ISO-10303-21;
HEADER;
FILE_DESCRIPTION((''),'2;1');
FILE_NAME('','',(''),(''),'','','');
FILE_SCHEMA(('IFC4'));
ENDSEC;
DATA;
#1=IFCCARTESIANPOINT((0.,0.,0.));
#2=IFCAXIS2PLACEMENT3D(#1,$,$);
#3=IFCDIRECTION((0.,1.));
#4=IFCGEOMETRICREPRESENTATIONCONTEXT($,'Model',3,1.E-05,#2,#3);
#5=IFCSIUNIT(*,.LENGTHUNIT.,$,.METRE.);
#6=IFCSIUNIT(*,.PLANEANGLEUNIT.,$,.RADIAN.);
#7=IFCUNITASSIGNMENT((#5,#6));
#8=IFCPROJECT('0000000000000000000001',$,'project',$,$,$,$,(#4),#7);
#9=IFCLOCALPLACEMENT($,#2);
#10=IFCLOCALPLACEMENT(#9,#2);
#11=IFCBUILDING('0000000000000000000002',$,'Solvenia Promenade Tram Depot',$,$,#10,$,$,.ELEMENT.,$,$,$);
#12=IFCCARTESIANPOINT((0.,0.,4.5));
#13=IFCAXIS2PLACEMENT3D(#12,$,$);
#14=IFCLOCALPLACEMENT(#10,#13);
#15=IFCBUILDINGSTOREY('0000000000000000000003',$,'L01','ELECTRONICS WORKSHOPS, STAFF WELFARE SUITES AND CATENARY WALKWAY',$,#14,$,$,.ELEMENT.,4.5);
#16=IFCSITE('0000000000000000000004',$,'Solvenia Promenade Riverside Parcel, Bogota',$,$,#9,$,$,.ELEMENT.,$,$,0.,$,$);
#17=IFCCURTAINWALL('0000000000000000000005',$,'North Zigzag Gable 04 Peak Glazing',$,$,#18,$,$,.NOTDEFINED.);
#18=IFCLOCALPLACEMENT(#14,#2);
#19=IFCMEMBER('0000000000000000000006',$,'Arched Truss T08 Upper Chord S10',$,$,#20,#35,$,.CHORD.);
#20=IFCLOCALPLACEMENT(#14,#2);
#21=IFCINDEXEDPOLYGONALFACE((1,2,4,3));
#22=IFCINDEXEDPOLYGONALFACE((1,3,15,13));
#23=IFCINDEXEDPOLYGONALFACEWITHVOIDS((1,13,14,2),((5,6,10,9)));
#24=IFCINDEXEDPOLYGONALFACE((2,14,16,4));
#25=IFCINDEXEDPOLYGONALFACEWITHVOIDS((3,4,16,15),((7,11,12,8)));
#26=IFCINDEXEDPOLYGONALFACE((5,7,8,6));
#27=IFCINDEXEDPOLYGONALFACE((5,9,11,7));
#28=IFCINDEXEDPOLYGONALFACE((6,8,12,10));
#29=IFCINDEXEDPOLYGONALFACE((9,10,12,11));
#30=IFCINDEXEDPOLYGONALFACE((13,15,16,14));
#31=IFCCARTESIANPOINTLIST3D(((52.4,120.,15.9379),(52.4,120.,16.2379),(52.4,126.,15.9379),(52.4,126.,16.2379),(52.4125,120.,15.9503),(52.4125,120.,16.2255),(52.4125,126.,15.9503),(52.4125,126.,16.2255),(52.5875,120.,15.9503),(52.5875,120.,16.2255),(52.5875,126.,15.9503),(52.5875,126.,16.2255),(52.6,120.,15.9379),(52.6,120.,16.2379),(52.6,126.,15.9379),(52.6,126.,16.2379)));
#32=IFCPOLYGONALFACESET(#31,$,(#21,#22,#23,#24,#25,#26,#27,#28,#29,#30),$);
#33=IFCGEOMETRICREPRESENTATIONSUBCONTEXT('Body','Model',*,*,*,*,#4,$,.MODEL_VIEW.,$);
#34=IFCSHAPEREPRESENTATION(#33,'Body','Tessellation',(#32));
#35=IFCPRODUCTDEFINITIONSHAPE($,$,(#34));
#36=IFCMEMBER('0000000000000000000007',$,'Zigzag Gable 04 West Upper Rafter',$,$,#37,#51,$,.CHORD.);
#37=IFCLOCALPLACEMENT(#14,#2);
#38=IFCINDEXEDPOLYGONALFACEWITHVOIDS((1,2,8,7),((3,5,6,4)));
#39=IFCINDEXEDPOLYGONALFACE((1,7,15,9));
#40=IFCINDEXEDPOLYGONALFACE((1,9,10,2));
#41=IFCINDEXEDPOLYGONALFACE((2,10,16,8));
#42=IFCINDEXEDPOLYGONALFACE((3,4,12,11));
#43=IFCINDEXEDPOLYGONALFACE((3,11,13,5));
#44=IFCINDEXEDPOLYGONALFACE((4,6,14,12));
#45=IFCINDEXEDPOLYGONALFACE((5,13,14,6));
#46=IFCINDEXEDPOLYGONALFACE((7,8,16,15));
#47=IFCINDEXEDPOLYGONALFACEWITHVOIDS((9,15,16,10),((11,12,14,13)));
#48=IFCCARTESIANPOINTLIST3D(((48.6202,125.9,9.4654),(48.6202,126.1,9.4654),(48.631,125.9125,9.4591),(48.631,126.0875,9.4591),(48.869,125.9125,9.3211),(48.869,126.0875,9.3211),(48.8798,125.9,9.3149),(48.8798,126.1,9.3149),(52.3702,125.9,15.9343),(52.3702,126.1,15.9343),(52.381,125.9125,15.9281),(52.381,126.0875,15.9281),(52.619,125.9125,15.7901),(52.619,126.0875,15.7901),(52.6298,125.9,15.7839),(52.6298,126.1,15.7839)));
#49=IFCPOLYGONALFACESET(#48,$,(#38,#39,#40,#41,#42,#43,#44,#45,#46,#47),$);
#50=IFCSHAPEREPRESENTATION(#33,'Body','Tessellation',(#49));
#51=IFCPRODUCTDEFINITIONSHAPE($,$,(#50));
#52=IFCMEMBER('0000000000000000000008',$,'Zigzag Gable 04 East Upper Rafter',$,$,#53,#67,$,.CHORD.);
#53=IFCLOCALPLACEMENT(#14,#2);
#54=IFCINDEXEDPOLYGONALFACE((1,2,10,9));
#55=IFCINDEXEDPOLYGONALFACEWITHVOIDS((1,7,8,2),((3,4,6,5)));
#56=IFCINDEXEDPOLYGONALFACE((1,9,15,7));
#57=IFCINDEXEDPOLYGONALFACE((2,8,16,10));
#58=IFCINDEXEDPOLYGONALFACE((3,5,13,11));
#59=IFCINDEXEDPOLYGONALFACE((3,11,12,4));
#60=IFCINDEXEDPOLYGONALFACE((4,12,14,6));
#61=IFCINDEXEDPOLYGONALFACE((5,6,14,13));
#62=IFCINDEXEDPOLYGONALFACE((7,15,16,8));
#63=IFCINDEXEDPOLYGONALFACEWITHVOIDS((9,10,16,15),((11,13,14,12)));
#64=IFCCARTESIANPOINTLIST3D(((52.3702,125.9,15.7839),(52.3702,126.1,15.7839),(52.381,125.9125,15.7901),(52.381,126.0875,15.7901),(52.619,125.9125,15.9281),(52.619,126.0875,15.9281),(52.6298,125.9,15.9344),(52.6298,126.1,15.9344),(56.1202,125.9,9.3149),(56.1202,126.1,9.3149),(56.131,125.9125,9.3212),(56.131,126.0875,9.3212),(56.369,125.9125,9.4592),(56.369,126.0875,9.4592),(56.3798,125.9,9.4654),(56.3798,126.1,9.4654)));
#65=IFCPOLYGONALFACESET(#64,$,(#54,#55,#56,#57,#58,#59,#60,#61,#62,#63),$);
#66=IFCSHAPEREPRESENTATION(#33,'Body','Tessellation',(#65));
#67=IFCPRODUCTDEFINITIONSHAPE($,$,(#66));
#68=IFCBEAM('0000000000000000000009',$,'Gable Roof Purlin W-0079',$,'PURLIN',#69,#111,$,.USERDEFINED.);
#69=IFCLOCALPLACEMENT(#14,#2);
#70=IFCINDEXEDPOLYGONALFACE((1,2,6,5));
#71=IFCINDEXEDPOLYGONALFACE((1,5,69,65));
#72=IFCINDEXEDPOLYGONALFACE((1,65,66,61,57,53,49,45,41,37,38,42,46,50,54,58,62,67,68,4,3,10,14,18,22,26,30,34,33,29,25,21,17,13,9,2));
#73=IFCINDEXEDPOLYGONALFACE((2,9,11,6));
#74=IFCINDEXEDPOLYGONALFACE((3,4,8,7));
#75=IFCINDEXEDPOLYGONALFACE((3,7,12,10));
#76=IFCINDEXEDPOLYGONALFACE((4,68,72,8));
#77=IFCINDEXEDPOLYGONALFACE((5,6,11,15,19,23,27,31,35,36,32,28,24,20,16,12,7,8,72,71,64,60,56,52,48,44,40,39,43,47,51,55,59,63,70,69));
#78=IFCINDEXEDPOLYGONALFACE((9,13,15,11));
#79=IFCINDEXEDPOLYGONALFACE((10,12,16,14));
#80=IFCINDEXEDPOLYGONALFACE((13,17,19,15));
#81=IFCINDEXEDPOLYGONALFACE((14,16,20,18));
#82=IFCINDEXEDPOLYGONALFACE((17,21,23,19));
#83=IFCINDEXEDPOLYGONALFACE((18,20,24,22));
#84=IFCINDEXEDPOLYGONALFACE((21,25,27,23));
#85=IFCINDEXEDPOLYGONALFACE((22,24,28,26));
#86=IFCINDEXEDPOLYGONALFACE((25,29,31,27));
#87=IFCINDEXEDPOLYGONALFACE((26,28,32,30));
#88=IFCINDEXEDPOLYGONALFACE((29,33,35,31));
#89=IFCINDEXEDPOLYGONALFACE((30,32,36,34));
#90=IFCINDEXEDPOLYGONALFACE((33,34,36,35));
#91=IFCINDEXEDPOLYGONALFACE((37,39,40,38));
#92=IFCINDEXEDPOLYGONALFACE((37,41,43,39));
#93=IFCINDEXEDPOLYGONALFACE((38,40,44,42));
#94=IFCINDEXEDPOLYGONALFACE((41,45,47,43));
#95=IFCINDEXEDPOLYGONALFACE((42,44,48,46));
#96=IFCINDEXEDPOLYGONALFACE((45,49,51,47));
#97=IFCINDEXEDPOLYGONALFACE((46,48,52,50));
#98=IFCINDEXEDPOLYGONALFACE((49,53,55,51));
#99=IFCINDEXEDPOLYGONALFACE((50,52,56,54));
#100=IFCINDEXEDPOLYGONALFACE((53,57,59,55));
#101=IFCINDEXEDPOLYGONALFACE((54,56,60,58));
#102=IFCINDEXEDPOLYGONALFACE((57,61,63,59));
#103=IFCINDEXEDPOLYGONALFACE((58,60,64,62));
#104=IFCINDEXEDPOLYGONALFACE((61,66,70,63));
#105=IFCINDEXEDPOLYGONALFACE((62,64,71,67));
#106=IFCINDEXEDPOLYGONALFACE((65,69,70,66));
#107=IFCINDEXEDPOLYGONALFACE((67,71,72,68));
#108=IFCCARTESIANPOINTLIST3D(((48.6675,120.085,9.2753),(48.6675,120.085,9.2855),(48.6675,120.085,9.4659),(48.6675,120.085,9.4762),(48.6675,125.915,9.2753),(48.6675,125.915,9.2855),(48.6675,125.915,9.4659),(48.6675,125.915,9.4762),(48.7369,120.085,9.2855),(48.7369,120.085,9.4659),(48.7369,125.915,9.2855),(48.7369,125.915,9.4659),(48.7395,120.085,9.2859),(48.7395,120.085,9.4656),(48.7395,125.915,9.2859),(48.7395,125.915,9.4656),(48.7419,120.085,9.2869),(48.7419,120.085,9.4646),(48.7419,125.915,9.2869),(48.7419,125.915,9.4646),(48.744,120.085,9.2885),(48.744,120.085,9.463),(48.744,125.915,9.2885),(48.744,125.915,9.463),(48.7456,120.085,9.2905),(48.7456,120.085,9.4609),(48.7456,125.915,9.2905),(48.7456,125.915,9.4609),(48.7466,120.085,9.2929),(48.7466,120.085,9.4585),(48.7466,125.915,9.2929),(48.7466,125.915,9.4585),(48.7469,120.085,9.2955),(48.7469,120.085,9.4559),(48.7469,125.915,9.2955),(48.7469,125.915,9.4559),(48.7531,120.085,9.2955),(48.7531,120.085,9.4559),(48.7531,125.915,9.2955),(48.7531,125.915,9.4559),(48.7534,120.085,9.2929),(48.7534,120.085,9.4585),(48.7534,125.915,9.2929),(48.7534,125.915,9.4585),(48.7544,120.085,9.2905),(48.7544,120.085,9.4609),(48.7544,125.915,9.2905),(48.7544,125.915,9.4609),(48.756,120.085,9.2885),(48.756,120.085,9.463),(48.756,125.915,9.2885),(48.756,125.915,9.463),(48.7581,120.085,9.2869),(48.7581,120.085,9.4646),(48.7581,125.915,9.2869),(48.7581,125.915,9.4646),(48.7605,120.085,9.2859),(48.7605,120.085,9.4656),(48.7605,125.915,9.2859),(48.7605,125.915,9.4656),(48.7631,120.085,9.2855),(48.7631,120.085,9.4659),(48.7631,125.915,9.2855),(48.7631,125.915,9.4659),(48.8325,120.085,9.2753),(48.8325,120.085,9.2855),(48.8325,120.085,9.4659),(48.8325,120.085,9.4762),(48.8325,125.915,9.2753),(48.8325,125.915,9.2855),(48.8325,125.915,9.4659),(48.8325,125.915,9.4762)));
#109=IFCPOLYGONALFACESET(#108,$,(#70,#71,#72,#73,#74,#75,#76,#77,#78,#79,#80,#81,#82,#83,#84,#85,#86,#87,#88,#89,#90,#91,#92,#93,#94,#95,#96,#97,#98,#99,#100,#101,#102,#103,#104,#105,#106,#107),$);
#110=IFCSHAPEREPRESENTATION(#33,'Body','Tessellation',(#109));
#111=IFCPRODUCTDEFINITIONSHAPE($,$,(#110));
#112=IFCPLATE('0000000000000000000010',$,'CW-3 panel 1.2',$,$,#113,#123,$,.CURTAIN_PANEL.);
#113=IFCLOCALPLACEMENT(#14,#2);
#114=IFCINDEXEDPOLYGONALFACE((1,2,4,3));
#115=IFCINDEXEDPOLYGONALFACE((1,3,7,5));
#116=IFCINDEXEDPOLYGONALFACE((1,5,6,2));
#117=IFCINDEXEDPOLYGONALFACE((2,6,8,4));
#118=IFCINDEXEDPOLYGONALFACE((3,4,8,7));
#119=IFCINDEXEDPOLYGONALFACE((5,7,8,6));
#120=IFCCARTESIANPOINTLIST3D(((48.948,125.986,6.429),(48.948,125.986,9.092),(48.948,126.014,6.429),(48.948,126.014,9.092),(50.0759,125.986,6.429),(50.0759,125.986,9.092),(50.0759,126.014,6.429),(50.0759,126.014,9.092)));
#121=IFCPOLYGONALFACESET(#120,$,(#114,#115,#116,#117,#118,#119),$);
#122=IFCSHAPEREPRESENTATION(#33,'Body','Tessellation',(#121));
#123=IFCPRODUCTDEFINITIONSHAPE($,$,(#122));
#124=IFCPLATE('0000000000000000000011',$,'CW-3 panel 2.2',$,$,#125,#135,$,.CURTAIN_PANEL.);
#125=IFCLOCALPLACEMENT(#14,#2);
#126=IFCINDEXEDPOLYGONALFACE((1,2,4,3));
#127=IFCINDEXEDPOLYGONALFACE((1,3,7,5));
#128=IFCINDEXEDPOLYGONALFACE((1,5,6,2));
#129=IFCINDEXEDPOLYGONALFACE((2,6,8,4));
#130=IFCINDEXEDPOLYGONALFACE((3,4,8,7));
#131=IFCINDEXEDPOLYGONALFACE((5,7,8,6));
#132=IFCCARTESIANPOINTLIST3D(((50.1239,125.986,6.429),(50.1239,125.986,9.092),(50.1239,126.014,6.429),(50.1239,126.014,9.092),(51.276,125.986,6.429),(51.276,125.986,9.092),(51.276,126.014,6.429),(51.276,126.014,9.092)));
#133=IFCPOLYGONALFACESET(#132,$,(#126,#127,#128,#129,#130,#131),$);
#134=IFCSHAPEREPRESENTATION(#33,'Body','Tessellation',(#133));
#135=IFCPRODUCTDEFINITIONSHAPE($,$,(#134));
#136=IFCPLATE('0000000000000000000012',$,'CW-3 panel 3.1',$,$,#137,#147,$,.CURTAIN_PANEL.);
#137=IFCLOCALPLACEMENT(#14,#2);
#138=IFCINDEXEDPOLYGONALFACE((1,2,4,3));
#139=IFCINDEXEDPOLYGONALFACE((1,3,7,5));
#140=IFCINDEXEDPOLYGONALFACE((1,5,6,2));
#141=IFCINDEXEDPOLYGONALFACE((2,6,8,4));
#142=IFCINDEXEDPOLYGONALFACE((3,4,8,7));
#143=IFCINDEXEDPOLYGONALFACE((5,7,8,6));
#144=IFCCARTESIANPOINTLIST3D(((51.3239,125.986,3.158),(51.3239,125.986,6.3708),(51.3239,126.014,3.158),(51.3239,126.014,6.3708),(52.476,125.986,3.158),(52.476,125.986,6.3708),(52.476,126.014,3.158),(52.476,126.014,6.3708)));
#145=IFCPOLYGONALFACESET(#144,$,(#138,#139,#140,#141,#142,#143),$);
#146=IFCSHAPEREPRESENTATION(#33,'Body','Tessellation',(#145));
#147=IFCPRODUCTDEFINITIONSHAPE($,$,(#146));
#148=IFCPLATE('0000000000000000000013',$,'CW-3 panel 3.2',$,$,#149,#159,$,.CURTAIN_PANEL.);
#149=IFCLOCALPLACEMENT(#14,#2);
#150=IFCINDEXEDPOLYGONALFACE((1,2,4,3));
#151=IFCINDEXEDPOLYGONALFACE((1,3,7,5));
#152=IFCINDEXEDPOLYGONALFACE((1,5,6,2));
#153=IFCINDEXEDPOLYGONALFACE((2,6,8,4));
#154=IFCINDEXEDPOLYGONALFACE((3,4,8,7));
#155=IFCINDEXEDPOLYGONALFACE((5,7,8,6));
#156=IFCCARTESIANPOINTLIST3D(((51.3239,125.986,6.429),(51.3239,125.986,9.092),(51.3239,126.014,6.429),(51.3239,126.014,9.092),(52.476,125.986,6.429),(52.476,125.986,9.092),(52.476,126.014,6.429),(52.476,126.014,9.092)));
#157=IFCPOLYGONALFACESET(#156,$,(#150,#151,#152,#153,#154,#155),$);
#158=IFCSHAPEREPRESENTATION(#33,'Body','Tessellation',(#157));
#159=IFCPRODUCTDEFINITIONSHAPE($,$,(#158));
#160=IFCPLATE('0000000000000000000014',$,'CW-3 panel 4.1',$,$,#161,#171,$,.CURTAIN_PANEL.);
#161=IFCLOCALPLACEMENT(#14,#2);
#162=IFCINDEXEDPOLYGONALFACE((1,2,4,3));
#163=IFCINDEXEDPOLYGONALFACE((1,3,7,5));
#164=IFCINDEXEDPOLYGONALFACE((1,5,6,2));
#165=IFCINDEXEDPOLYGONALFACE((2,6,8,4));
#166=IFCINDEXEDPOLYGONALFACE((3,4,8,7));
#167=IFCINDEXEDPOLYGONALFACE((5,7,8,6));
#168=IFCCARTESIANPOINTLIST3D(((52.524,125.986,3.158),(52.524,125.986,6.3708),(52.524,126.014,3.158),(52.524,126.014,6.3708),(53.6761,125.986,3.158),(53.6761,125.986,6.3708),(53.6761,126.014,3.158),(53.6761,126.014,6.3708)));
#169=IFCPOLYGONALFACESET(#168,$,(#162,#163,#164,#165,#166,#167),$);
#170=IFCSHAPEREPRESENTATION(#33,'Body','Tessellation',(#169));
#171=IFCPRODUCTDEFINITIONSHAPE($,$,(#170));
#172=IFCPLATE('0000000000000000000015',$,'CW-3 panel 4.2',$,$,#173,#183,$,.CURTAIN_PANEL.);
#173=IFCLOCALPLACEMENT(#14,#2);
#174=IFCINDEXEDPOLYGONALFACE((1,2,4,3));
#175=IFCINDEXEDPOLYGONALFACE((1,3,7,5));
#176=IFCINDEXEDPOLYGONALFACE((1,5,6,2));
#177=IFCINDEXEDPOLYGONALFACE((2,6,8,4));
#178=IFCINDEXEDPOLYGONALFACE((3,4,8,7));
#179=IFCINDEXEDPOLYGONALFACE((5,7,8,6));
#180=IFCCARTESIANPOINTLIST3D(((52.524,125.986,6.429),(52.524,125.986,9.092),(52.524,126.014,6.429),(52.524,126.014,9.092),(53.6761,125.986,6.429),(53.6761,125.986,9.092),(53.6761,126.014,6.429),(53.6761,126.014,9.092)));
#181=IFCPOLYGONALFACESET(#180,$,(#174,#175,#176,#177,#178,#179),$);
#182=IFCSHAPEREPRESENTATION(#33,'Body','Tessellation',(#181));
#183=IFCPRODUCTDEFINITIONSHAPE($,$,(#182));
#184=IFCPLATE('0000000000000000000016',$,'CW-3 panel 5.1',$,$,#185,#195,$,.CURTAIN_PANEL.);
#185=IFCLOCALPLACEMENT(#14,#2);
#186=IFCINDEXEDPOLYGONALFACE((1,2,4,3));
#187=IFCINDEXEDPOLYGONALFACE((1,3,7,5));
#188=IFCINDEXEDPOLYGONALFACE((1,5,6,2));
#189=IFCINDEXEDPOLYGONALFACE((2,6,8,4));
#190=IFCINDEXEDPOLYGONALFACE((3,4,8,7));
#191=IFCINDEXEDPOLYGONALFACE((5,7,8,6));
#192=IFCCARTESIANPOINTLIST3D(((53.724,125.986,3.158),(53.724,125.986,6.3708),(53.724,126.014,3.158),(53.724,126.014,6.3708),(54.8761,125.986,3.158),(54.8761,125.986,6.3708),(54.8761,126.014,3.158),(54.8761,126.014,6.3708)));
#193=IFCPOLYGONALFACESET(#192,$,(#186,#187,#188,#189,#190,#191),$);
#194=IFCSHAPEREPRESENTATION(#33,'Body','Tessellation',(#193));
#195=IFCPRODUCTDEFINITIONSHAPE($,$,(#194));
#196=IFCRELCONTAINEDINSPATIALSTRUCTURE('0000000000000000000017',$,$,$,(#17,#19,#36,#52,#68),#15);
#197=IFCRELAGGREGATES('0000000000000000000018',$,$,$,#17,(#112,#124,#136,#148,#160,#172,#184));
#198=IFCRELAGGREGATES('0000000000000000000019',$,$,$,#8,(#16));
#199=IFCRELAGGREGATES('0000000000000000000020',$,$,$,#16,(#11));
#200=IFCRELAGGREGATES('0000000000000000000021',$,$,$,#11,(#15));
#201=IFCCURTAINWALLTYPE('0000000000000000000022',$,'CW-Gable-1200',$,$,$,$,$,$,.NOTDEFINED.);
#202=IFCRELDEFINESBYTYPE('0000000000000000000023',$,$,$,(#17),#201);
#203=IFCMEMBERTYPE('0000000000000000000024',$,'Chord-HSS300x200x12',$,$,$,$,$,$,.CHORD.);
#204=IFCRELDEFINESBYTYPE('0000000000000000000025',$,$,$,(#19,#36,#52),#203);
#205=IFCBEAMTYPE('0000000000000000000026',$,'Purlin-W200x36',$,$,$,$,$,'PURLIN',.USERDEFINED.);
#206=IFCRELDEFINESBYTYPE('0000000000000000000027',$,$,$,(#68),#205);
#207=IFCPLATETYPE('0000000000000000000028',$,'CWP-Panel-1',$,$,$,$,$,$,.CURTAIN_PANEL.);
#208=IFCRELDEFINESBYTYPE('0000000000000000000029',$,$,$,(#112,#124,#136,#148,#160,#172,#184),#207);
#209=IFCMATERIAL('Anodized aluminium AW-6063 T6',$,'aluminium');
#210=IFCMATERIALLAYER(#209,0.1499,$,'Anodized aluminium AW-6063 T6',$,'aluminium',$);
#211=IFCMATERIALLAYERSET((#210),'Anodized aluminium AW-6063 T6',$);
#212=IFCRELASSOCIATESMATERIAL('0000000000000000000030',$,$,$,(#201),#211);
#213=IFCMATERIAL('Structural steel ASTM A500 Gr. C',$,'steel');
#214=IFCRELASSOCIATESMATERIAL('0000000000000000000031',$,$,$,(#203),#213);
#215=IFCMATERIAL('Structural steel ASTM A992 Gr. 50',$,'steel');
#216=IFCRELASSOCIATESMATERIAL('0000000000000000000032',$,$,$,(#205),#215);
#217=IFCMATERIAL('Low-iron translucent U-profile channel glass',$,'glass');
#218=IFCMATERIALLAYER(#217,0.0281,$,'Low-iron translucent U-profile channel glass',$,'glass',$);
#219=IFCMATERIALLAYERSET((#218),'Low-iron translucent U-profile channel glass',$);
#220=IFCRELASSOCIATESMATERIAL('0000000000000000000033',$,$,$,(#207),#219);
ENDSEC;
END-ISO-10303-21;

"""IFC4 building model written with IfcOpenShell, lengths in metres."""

from ifc_helpers import new_model, si_unit, direction, frame, origin, origin_2d, place, context, subcontext, project, spatial, rectangle, hollow_rectangle, i_section, extrude, material, layer, layer_set, material_profile, profile_set, type_object, element, aggregate, save


model = new_model("IFC4")

# Units and contexts
model_context = context("Model", 3, precision=1e-05, world=origin(), true_north=direction((0.0, 1.0)))
body_context = subcontext(model_context, "Body", "Model", "MODEL_VIEW")
ifc_project = project(units=[si_unit("LENGTHUNIT", "METRE"), si_unit("PLANEANGLEUNIT", "RADIAN")], contexts=[model_context])

# Site, building, storey
site_placement = place(None, origin())
site = spatial("IfcSite", under=ifc_project, at=site_placement, Name="Solvenia Promenade Riverside Parcel, Bogota", CompositionType="ELEMENT", RefElevation=0.0)
building_placement = place(site_placement, origin())
building = spatial("IfcBuilding", under=site, at=building_placement, Name="Solvenia Promenade Tram Depot", CompositionType="ELEMENT")
storey_placement = place(building_placement, frame((0.0, 0.0, 4.5)))
storey = spatial("IfcBuildingStorey", under=building, at=storey_placement, Name="L01", Description="ELECTRONICS WORKSHOPS, STAFF WELFARE SUITES AND CATENARY WALKWAY", CompositionType="ELEMENT", Elevation=4.5)

# Curtain wall
ifc_material_1 = material(Name="Anodized aluminium AW-6063 T6", Category="aluminium")
ifc_layer_1 = layer(ifc_material_1, 0.1499, Name="Anodized aluminium AW-6063 T6", Category="aluminium")
ifc_layer_set_1 = layer_set([ifc_layer_1], Name="Anodized aluminium AW-6063 T6")
curtain_wall_type = type_object("IfcCurtainWallType", Name="CW-Gable-1200", PredefinedType="NOTDEFINED", material=ifc_layer_set_1)
curtain_wall_placement = place(storey_placement, origin())
curtain_wall = element("IfcCurtainWall", 1, at=curtain_wall_placement, inside=storey, type_object=curtain_wall_type, Name="North Zigzag Gable 04 Peak Glazing", PredefinedType="NOTDEFINED")

# Members
ifc_material_2 = material(Name="Structural steel ASTM A500 Gr. C", Category="steel")
ifc_material_profile_1 = material_profile(ifc_material_2, hollow_rectangle(XDim=0.2, YDim=0.3, WallThickness=0.0125, at=origin_2d()), Name="HSS300x200x12.5", Category="steel")
ifc_profile_set_1 = profile_set([ifc_material_profile_1], Name="Structural steel ASTM A500 Gr. C")
member_type_1 = type_object("IfcMemberType", Name="Chord-HSS300x200x12", PredefinedType="CHORD", material=ifc_profile_set_1)
member_1_placement = place(storey_placement, frame((52.5, 120.0, 16.0879), z_axis=(0.0, 1.0, 0.0), x_axis=(-1.0, 0.0, 0.0)))
element("IfcMember", 2, at=member_1_placement, inside=storey, type_object=member_type_1, Name="Arched Truss T08 Upper Chord S10", PredefinedType="CHORD", context=body_context, shape_type="SweptSolid", body=[
    extrude(hollow_rectangle(XDim=0.2, YDim=0.3, WallThickness=0.0125, at=origin_2d()), origin(), (0.0, 0.0, 1.0), 6.0),
])
for number, where, z_axis, x_axis, name in (
    (3, (48.75, 126.0, 9.3901), (0.501516, 0.0, 0.865148), (0.0, 1.0, 0.0), "Zigzag Gable 04 West Upper Rafter"),
    (4, (52.5, 126.0, 15.8591), (0.501516, 0.0, -0.865148), (0.0, 1.0, 0.0), "Zigzag Gable 04 East Upper Rafter"),
):
    element("IfcMember", number, at=place(storey_placement, frame(where, z_axis=z_axis, x_axis=x_axis)), inside=storey, type_object=member_type_1, Name=name, PredefinedType="CHORD", context=body_context, shape_type="SweptSolid", body=[
        extrude(hollow_rectangle(XDim=0.2, YDim=0.3, WallThickness=0.0125, at=origin_2d()), origin(), (0.0, 0.0, 1.0), 7.4773),
    ])

# Beam
ifc_material_3 = material(Name="Structural steel ASTM A992 Gr. 50", Category="steel")
ifc_material_profile_2 = material_profile(ifc_material_3, i_section(OverallWidth=0.165, OverallDepth=0.2009, WebThickness=0.0061, FlangeThickness=0.0103, FilletRadius=0.01, at=origin_2d()), Name="W200x36", Category="steel")
ifc_profile_set_2 = profile_set([ifc_material_profile_2], Name="Structural steel ASTM A992 Gr. 50")
beam_type = type_object("IfcBeamType", Name="Purlin-W200x36", ElementType="PURLIN", PredefinedType="USERDEFINED", material=ifc_profile_set_2)
beam_placement = place(storey_placement, frame((48.75, 120.085, 9.3757), z_axis=(0.0, 1.0, 0.0), x_axis=(-1.0, 0.0, 0.0)))
element("IfcBeam", 5, at=beam_placement, inside=storey, type_object=beam_type, Name="Gable Roof Purlin W-0079", ObjectType="PURLIN", PredefinedType="USERDEFINED", context=body_context, shape_type="SweptSolid", body=[
    extrude(i_section(OverallWidth=0.165, OverallDepth=0.2009, WebThickness=0.0061, FlangeThickness=0.0103, FilletRadius=0.01, at=origin_2d()), origin(), (0.0, 0.0, 1.0), 5.8301),
])

# Plates
ifc_material_4 = material(Name="Low-iron translucent U-profile channel glass", Category="glass")
ifc_layer_2 = layer(ifc_material_4, 0.0281, Name="Low-iron translucent U-profile channel glass", Category="glass")
ifc_layer_set_2 = layer_set([ifc_layer_2], Name="Low-iron translucent U-profile channel glass")
plate_type_1 = type_object("IfcPlateType", Name="CWP-Panel-1", PredefinedType="CURTAIN_PANEL", material=ifc_layer_set_2)
plate_1_placement = place(storey_placement, frame((49.512, 126.0, 6.429), z_axis=(0.0, 0.0, 1.0), x_axis=(1.0, 0.0, 0.0)))
plate_1 = element("IfcPlate", 6, at=plate_1_placement, type_object=plate_type_1, Name="CW-3 panel 1.2", PredefinedType="CURTAIN_PANEL", context=body_context, shape_type="SweptSolid", body=[
    extrude(rectangle(XDim=1.1279, YDim=0.0281, at=origin_2d()), origin(), (0.0, 0.0, 1.0), 2.6631),
])
plate_2_placement = place(storey_placement, frame((50.7, 126.0, 6.429), z_axis=(0.0, 0.0, 1.0), x_axis=(1.0, 0.0, 0.0)))
plate_2 = element("IfcPlate", 7, at=plate_2_placement, type_object=plate_type_1, Name="CW-3 panel 2.2", PredefinedType="CURTAIN_PANEL", context=body_context, shape_type="SweptSolid", body=[
    extrude(rectangle(XDim=1.1521, YDim=0.0281, at=origin_2d()), origin(), (0.0, 0.0, 1.0), 2.6631),
])
plate_3_placement = place(storey_placement, frame((51.8999, 126.0, 3.158), z_axis=(0.0, 0.0, 1.0), x_axis=(1.0, 0.0, 0.0)))
plate_3 = element("IfcPlate", 8, at=plate_3_placement, type_object=plate_type_1, Name="CW-3 panel 3.1", PredefinedType="CURTAIN_PANEL", context=body_context, shape_type="SweptSolid", body=[
    extrude(rectangle(XDim=1.1521, YDim=0.0281, at=origin_2d()), origin(), (0.0, 0.0, 1.0), 3.2129),
])
plate_4_placement = place(storey_placement, frame((51.8999, 126.0, 6.429), z_axis=(0.0, 0.0, 1.0), x_axis=(1.0, 0.0, 0.0)))
plate_4 = element("IfcPlate", 9, at=plate_4_placement, type_object=plate_type_1, Name="CW-3 panel 3.2", PredefinedType="CURTAIN_PANEL", context=body_context, shape_type="SweptSolid", body=[
    extrude(rectangle(XDim=1.1521, YDim=0.0281, at=origin_2d()), origin(), (0.0, 0.0, 1.0), 2.6631),
])
plate_5_placement = place(storey_placement, frame((53.1001, 126.0, 3.158), z_axis=(0.0, 0.0, 1.0), x_axis=(1.0, 0.0, 0.0)))
plate_5 = element("IfcPlate", 10, at=plate_5_placement, type_object=plate_type_1, Name="CW-3 panel 4.1", PredefinedType="CURTAIN_PANEL", context=body_context, shape_type="SweptSolid", body=[
    extrude(rectangle(XDim=1.1521, YDim=0.0281, at=origin_2d()), origin(), (0.0, 0.0, 1.0), 3.2129),
])
plate_6_placement = place(storey_placement, frame((53.1001, 126.0, 6.429), z_axis=(0.0, 0.0, 1.0), x_axis=(1.0, 0.0, 0.0)))
plate_6 = element("IfcPlate", 11, at=plate_6_placement, type_object=plate_type_1, Name="CW-3 panel 4.2", PredefinedType="CURTAIN_PANEL", context=body_context, shape_type="SweptSolid", body=[
    extrude(rectangle(XDim=1.1521, YDim=0.0281, at=origin_2d()), origin(), (0.0, 0.0, 1.0), 2.6631),
])
plate_7_placement = place(storey_placement, frame((54.3, 126.0, 3.158), z_axis=(0.0, 0.0, 1.0), x_axis=(1.0, 0.0, 0.0)))
plate_7 = element("IfcPlate", 12, at=plate_7_placement, type_object=plate_type_1, Name="CW-3 panel 5.1", PredefinedType="CURTAIN_PANEL", context=body_context, shape_type="SweptSolid", body=[
    extrude(rectangle(XDim=1.1521, YDim=0.0281, at=origin_2d()), origin(), (0.0, 0.0, 1.0), 3.2129),
])
aggregate(curtain_wall, [plate_1, plate_2, plate_3, plate_4, plate_5, plate_6, plate_7])

save(model, "model.ifc")
